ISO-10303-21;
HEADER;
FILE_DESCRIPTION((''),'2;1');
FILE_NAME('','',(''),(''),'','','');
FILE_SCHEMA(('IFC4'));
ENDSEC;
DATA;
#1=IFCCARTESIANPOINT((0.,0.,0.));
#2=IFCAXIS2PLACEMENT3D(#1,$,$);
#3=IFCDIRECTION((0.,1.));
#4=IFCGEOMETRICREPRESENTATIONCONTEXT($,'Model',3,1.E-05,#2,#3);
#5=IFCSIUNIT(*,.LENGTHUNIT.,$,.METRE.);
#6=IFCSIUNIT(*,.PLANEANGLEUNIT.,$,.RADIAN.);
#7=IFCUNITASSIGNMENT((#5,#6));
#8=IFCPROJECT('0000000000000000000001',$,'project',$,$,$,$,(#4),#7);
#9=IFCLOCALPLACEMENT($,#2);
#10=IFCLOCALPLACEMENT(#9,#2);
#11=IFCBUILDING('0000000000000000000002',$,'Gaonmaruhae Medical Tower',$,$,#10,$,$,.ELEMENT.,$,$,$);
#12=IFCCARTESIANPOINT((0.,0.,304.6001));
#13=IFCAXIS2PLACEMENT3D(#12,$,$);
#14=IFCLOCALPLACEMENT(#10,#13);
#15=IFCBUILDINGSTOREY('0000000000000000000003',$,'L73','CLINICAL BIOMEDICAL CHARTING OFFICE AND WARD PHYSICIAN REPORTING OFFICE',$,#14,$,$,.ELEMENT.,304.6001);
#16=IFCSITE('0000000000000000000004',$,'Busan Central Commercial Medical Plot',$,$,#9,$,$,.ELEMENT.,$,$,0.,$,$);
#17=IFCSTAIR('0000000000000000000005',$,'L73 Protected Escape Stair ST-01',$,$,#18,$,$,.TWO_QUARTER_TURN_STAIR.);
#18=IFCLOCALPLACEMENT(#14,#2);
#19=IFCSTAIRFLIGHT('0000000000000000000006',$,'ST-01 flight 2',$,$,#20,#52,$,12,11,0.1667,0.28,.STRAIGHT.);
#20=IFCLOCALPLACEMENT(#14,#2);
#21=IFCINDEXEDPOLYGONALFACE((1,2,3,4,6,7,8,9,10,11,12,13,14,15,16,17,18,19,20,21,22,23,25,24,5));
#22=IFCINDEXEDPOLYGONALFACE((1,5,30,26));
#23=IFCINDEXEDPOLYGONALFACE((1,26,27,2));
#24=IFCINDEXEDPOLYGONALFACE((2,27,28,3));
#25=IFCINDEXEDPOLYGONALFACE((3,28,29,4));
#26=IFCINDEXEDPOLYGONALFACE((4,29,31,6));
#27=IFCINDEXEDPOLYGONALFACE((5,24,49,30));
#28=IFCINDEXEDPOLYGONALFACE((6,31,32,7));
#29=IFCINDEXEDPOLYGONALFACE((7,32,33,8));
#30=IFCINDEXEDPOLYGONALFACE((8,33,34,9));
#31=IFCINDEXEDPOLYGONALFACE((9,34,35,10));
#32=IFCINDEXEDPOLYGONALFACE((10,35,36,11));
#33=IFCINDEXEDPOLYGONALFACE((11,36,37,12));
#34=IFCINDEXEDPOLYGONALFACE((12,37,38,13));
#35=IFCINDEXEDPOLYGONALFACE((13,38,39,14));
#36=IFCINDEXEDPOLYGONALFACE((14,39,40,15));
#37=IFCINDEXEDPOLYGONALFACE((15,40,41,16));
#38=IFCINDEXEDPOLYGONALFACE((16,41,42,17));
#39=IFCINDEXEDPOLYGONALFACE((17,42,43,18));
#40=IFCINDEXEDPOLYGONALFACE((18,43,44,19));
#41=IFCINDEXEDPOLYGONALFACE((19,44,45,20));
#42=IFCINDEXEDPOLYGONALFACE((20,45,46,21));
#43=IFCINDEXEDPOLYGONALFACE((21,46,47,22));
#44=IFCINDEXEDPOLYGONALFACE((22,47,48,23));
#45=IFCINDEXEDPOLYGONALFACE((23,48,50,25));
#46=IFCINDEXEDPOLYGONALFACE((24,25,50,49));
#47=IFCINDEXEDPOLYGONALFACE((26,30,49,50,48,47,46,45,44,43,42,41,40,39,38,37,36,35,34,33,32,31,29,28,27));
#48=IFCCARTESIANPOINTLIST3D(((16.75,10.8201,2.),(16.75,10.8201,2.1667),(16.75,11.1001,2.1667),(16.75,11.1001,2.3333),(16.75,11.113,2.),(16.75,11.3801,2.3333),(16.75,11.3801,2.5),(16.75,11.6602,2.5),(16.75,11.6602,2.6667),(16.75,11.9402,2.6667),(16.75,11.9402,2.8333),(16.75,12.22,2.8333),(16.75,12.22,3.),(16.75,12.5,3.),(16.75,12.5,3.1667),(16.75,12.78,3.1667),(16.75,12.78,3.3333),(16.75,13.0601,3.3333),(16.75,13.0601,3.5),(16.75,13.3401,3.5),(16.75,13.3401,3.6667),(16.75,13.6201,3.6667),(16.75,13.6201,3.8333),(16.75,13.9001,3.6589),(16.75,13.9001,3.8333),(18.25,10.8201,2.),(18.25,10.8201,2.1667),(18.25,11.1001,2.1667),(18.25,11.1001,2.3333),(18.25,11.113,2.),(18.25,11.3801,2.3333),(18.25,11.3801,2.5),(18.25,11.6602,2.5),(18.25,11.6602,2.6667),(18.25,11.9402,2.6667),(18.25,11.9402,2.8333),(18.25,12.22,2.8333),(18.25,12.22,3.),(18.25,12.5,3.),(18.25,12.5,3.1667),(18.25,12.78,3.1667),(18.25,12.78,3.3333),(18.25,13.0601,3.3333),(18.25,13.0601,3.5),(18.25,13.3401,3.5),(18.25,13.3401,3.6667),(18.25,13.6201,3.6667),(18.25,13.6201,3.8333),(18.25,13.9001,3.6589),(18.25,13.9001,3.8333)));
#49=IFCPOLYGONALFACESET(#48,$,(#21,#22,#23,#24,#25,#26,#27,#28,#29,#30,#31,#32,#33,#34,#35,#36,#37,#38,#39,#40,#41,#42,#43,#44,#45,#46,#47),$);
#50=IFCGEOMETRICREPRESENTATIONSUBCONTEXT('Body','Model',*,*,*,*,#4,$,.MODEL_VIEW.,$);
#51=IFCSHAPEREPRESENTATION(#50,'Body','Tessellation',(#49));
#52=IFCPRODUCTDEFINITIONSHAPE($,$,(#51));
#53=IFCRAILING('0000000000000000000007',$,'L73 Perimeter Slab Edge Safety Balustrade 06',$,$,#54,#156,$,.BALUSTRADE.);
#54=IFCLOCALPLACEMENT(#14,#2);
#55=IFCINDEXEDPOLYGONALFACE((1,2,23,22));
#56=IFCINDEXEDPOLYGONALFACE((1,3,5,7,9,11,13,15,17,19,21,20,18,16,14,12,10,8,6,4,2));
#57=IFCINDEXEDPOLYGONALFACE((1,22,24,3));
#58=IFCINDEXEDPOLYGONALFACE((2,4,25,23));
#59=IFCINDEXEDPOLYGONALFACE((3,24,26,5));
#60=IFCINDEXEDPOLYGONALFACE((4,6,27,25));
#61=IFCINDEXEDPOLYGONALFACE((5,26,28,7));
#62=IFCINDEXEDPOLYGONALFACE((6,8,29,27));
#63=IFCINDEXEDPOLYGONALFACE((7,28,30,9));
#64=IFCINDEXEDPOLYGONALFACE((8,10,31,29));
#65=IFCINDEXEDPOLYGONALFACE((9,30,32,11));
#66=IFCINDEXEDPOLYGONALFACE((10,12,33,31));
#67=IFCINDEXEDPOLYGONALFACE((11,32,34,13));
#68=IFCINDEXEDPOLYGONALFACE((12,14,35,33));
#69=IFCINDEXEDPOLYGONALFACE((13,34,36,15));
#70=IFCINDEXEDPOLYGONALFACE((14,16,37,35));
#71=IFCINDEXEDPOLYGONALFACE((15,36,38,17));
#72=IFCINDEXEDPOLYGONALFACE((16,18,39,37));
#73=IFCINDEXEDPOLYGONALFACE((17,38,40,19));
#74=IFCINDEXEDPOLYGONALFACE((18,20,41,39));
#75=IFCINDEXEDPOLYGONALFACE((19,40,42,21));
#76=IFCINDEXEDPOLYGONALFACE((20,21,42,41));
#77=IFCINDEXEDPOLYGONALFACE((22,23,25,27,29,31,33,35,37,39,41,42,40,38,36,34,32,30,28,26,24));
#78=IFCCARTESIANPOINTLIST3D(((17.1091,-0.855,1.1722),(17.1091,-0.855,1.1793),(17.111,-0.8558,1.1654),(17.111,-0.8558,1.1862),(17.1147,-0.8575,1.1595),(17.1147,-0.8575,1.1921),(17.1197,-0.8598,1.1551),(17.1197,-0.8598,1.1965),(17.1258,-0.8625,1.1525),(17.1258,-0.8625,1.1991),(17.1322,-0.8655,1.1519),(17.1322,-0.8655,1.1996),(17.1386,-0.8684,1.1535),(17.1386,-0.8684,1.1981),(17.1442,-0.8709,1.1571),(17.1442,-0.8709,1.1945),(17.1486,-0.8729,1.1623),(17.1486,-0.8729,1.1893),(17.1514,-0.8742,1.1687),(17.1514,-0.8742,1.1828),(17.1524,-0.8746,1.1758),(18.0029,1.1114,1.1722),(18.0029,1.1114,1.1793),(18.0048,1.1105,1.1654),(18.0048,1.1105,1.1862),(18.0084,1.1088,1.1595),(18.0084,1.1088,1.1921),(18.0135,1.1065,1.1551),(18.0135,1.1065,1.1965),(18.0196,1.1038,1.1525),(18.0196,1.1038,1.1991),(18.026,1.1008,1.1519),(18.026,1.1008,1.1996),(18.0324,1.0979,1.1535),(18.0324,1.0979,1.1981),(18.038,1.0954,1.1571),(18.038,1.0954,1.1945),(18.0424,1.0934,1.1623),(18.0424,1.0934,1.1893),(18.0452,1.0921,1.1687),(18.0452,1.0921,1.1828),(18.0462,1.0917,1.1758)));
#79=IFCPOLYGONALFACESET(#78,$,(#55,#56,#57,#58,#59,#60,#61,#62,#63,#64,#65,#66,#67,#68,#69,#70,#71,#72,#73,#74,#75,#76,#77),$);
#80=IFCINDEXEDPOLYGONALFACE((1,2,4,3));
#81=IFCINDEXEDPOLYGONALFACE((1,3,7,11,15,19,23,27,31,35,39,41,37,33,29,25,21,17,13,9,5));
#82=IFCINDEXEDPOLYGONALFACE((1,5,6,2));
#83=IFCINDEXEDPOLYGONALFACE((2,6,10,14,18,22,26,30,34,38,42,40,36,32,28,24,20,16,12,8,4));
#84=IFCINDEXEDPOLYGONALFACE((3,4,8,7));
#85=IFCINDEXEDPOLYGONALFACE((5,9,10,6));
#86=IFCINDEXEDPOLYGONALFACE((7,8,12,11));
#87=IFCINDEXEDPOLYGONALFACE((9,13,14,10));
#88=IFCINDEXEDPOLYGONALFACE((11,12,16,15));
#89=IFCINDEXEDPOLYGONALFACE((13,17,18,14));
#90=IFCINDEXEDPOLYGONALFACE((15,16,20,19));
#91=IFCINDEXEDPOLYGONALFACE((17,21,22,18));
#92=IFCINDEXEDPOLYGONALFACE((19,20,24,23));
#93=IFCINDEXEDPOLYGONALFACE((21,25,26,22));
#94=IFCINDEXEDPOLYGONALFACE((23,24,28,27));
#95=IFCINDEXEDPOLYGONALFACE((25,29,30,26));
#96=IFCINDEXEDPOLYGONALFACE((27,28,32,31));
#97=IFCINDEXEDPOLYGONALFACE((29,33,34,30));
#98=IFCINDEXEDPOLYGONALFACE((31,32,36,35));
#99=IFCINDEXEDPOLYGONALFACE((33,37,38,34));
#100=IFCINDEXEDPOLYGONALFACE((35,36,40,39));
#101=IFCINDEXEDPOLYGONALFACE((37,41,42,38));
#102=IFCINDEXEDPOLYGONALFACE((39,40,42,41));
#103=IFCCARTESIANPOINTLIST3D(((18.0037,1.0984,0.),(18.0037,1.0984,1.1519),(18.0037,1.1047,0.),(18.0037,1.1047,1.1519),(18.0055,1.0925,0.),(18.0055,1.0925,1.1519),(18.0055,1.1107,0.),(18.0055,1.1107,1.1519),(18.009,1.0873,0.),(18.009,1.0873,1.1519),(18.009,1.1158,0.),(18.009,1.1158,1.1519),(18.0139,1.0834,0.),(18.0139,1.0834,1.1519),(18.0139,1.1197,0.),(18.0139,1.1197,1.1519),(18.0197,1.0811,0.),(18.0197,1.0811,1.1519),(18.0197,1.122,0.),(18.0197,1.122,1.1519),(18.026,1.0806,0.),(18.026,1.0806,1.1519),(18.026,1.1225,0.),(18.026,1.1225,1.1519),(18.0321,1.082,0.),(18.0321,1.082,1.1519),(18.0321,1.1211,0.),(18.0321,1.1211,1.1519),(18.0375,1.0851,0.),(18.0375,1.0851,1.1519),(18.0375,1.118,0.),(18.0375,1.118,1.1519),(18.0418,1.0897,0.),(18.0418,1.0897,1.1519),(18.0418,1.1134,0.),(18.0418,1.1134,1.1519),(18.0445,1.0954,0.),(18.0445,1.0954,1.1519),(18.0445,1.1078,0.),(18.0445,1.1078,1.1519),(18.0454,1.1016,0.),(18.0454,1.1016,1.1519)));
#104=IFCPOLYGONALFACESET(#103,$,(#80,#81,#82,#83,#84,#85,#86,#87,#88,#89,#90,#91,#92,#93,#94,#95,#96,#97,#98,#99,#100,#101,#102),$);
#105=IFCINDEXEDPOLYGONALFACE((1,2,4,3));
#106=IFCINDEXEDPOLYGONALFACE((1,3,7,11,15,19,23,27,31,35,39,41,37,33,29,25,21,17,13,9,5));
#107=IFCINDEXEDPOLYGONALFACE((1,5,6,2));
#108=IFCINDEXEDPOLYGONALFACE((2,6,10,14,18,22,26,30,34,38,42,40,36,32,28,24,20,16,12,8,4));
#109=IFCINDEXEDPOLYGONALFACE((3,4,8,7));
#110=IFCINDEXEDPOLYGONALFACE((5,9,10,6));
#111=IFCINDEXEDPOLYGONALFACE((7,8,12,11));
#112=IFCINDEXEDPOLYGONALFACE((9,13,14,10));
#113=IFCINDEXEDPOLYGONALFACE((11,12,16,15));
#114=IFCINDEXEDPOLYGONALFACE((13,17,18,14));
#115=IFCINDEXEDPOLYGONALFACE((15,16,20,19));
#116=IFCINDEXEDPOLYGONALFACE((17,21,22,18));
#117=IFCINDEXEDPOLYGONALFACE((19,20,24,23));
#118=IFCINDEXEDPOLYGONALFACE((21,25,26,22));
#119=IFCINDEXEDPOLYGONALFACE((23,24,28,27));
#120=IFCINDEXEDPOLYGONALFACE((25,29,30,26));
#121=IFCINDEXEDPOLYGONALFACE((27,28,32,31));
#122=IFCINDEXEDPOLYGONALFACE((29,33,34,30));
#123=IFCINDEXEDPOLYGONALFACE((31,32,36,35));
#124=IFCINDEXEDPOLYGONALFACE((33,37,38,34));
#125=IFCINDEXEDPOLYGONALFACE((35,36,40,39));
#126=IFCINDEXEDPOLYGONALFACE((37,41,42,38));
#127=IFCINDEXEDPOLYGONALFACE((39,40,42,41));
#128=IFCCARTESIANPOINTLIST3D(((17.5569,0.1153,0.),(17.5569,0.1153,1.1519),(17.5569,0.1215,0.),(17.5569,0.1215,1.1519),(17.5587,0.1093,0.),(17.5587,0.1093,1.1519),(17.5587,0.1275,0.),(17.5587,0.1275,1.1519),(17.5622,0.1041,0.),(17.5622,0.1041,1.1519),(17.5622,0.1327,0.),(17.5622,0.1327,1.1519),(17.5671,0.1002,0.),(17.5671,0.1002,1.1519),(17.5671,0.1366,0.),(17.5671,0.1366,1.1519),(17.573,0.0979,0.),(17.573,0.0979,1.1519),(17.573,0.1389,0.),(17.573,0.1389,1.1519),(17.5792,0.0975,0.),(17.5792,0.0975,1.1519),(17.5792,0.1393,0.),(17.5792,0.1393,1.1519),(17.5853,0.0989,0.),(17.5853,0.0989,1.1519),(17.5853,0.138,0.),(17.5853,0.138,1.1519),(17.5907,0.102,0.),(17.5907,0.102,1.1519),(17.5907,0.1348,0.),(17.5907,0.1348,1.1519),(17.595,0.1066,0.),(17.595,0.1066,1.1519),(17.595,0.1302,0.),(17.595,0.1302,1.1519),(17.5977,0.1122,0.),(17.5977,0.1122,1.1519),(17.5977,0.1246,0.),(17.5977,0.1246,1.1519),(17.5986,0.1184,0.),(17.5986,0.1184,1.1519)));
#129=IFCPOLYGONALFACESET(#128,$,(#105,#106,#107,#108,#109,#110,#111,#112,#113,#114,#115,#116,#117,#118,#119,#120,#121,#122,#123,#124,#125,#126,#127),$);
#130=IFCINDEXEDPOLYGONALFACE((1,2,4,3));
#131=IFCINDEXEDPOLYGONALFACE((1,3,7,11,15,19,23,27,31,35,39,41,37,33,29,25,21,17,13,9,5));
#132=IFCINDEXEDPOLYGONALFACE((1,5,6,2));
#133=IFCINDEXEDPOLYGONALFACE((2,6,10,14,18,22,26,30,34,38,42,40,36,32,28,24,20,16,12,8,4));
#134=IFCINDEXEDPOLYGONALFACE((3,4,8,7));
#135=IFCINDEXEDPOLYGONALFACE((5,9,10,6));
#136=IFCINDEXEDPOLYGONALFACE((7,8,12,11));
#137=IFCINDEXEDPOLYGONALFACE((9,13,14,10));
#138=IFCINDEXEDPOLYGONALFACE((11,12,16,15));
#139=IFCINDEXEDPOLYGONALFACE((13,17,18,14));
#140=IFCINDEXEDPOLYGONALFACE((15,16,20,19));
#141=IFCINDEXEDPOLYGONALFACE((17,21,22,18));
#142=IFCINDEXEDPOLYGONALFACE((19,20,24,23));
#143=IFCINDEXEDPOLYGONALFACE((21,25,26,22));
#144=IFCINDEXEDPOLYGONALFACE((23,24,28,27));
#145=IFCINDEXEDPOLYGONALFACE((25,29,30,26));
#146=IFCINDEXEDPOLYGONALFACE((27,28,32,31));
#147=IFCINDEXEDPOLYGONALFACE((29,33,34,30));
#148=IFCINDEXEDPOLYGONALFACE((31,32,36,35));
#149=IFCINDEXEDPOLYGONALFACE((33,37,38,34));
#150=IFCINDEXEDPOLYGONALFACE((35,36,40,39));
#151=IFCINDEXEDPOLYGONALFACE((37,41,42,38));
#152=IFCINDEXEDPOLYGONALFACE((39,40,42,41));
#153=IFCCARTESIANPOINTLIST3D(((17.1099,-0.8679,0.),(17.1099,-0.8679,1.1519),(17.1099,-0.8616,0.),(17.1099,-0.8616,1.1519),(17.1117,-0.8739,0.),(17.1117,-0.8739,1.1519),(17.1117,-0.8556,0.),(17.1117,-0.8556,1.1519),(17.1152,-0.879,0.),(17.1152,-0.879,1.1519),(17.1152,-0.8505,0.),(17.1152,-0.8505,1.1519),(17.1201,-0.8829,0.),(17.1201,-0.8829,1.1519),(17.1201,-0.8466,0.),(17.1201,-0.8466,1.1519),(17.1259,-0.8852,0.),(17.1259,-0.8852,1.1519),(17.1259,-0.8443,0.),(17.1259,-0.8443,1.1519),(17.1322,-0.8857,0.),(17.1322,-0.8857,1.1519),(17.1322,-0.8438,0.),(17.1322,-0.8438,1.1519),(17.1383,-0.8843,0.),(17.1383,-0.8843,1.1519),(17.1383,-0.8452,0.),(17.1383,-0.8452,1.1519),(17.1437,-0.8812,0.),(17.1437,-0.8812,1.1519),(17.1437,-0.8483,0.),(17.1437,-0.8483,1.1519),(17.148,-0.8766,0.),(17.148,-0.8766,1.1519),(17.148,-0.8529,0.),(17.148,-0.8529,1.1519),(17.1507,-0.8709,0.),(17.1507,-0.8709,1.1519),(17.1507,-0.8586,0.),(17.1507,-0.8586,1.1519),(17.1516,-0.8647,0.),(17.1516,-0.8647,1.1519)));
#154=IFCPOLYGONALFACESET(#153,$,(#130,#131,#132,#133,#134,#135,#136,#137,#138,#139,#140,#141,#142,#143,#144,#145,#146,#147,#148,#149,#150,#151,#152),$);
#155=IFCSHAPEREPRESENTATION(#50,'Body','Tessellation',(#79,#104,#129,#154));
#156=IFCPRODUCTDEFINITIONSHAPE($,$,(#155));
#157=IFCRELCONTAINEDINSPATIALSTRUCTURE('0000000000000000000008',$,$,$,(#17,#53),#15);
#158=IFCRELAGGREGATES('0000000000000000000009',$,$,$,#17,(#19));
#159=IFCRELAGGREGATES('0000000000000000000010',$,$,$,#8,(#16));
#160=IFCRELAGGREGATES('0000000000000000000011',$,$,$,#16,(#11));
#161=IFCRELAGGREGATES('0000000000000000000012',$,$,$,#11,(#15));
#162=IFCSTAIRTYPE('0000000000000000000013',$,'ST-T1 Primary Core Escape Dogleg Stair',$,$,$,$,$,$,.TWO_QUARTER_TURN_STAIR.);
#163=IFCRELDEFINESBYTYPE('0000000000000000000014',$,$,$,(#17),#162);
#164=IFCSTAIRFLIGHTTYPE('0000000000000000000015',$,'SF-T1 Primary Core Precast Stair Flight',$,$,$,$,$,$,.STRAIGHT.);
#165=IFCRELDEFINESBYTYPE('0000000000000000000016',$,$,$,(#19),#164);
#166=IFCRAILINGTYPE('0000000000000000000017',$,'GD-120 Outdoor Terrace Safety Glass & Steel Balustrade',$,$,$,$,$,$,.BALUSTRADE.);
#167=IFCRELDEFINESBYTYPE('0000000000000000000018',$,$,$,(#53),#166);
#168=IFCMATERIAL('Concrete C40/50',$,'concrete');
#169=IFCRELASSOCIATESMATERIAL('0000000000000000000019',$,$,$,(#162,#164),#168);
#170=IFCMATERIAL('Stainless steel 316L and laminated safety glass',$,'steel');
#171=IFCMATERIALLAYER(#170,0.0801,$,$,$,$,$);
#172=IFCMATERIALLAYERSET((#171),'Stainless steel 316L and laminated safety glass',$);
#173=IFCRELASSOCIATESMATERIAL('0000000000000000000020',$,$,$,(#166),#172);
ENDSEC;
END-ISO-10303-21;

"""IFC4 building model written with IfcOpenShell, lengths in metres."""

from ifc_helpers import new_model, si_unit, direction, frame, origin, origin_2d, place, context, subcontext, project, spatial, polyline, circle, outline, extrude, material, layer, layer_set, type_object, element, aggregate, save


model = new_model("IFC4")

# Units and contexts
model_context = context("Model", 3, precision=1e-05, world=origin(), true_north=direction((0.0, 1.0)))
body_context = subcontext(model_context, "Body", "Model", "MODEL_VIEW")
ifc_project = project(units=[si_unit("LENGTHUNIT", "METRE"), si_unit("PLANEANGLEUNIT", "RADIAN")], contexts=[model_context])

# Site, building, storey
site_placement = place(None, origin())
site = spatial("IfcSite", under=ifc_project, at=site_placement, Name="Busan Central Commercial Medical Plot", CompositionType="ELEMENT", RefElevation=0.0)
building_placement = place(site_placement, origin())
building = spatial("IfcBuilding", under=site, at=building_placement, Name="Gaonmaruhae Medical Tower", CompositionType="ELEMENT")
storey_placement = place(building_placement, frame((0.0, 0.0, 304.6001)))
storey = spatial("IfcBuildingStorey", under=building, at=storey_placement, Name="L73", Description="CLINICAL BIOMEDICAL CHARTING OFFICE AND WARD PHYSICIAN REPORTING OFFICE", CompositionType="ELEMENT", Elevation=304.6001)

# Stair, stair flight
ifc_material_1 = material(Name="Concrete C40/50", Category="concrete")
stair_type = type_object("IfcStairType", Name="ST-T1 Primary Core Escape Dogleg Stair", PredefinedType="TWO_QUARTER_TURN_STAIR", material=ifc_material_1)
stair_placement = place(storey_placement, origin())
stair = element("IfcStair", 1, at=stair_placement, inside=storey, type_object=stair_type, Name="L73 Protected Escape Stair ST-01", PredefinedType="TWO_QUARTER_TURN_STAIR")
stair_flight_type = type_object("IfcStairFlightType", Name="SF-T1 Primary Core Precast Stair Flight", PredefinedType="STRAIGHT", material=ifc_material_1)
stair_flight_placement = place(storey_placement, frame((17.5, 10.8201, 2.0), z_axis=(0.0, 0.0, 1.0), x_axis=(0.0, 1.0, 0.0)))
stair_flight = element("IfcStairFlight", 2, at=stair_flight_placement, type_object=stair_flight_type, Name="ST-01 flight 2", NumberOfRisers=12, NumberOfTreads=11, PredefinedType="STRAIGHT", RiserHeight=0.1667, TreadLength=0.28, context=body_context, shape_type="SweptSolid", body=[
    extrude(outline(polyline([(0.0, 0.0), (0.0, 0.1667), (0.28, 0.1667), (0.28, 0.3333), (0.5601, 0.3333), (0.5601, 0.5), (0.8401, 0.5), (0.8401, 0.6667), (1.1201, 0.6667), (1.1201, 0.8333), (1.3999, 0.8333), (1.3999, 1.0), (1.6799, 1.0), (1.6799, 1.1667), (1.96, 1.1667), (1.96, 1.3333), (2.24, 1.3333), (2.24, 1.5), (2.52, 1.5), (2.52, 1.6667), (2.8, 1.6667), (2.8, 1.8333), (3.0801, 1.8333), (3.0801, 2.0), (3.0801, 1.6589), (0.293, 0.0), (0.0, 0.0)])), frame((0.0, 0.75, 0.0), z_axis=(0.0, -1.0, 0.0), x_axis=(1.0, 0.0, 0.0)), (0.0, 0.0, 1.0), 1.5),
])
aggregate(stair, [stair_flight])

# Railing
ifc_material_2 = material(Name="Stainless steel 316L and laminated safety glass", Category="steel")
ifc_layer_1 = layer(ifc_material_2, 0.0801)
ifc_layer_set_1 = layer_set([ifc_layer_1], Name="Stainless steel 316L and laminated safety glass")
railing_type_1 = type_object("IfcRailingType", Name="GD-120 Outdoor Terrace Safety Glass & Steel Balustrade", PredefinedType="BALUSTRADE", material=ifc_layer_set_1)
railing_1_placement = place(storey_placement, frame((18.0244, 1.1016, 0.0)))
element("IfcRailing", 3, at=railing_1_placement, inside=storey, type_object=railing_type_1, Name="L73 Perimeter Slab Edge Safety Balustrade 06", PredefinedType="BALUSTRADE", context=body_context, shape_type="SweptSolid", body=[
    extrude(circle(Radius=0.0239, at=origin_2d()), frame((0.0, 0.0, 1.1758), z_axis=(-0.413811, -0.910363, 0.0), x_axis=(0.910363, -0.413811, 0.0)), (0.0, 0.0, 1.0), 2.1599),
    extrude(circle(Radius=0.021, at=origin_2d()), origin(), (0.0, 0.0, 1.0), 1.1519),
    extrude(circle(Radius=0.021, at=origin_2d()), frame((-0.4468, -0.9832, 0.0)), (0.0, 0.0, 1.0), 1.1519),
    extrude(circle(Radius=0.021, at=origin_2d()), frame((-0.8938, -1.9663, 0.0)), (0.0, 0.0, 1.0), 1.1519),
])

save(model, "model.ifc")
